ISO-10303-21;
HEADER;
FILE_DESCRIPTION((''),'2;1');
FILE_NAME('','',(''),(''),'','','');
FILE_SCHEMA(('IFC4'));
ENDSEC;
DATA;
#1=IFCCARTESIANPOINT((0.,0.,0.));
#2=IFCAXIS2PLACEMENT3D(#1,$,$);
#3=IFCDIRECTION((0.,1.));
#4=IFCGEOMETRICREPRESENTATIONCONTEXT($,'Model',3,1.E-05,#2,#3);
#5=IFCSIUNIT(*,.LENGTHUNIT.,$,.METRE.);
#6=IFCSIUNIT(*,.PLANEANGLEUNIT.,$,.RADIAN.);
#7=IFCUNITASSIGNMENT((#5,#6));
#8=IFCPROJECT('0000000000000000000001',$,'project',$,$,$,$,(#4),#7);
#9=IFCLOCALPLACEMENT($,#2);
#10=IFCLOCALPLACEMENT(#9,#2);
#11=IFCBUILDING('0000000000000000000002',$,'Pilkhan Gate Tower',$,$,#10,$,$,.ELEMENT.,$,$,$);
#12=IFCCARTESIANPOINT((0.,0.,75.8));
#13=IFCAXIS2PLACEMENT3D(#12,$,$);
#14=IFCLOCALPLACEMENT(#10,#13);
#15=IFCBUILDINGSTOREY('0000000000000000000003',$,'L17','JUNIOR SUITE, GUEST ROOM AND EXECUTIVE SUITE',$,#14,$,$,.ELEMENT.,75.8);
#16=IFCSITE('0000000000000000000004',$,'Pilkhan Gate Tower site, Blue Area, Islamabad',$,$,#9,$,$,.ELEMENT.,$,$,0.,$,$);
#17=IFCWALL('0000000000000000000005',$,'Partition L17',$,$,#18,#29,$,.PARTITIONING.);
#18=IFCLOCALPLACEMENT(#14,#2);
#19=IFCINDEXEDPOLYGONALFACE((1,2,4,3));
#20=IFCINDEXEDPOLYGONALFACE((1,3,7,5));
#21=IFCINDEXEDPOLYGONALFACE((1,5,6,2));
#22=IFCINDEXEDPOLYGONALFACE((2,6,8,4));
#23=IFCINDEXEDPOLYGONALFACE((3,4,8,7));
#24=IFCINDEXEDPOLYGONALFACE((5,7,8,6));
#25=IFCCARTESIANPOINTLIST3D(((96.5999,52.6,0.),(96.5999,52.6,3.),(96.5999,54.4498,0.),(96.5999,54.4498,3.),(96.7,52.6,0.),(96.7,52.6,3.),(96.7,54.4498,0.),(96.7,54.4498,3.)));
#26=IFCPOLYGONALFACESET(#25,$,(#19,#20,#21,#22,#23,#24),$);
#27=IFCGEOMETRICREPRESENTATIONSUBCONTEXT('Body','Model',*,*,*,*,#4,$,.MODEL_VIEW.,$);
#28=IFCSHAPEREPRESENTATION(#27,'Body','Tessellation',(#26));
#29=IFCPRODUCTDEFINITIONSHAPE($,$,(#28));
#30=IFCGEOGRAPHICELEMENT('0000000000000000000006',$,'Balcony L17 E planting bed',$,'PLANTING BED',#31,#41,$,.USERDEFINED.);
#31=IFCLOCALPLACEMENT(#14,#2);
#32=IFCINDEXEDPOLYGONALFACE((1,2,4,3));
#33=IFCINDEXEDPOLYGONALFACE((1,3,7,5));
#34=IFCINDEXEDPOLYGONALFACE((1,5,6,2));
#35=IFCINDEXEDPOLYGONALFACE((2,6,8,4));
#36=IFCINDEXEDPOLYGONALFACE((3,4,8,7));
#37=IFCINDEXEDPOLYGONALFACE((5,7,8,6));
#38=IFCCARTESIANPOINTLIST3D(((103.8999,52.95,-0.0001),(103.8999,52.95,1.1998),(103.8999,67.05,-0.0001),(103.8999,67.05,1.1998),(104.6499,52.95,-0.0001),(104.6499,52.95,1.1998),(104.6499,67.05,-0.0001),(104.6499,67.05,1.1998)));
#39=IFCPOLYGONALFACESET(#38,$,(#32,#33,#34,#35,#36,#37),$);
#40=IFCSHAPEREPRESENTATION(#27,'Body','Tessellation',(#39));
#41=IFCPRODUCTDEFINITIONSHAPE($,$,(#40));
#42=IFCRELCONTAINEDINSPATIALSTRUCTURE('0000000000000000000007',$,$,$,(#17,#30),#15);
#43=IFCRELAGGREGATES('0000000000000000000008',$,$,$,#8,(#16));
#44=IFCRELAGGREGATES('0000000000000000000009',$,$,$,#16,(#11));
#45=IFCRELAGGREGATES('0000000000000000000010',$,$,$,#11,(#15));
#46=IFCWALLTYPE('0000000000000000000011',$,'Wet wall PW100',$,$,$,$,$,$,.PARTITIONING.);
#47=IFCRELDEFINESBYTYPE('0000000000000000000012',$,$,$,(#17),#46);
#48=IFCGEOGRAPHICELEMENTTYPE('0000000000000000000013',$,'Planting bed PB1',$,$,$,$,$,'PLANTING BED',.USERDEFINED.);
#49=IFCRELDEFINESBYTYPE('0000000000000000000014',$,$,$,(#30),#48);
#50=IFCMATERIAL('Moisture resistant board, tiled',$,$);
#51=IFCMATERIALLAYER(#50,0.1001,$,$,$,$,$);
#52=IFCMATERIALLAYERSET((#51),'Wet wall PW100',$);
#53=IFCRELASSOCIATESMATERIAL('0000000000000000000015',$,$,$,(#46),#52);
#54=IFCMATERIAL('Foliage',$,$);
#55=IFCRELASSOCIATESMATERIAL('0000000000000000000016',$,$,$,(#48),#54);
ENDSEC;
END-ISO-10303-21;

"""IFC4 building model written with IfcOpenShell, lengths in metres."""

from ifc_helpers import new_model, si_unit, direction, frame, frame_2d, origin, origin_2d, place, context, subcontext, project, spatial, rectangle, extrude, material, layer, layer_set, material_profile, profile_set, type_object, element, save


model = new_model("IFC4")

# Units and contexts
model_context = context("Model", 3, precision=1e-05, world=origin(), true_north=direction((0.0, 1.0)))
body_context = subcontext(model_context, "Body", "Model", "MODEL_VIEW")
ifc_project = project(units=[si_unit("LENGTHUNIT", "METRE"), si_unit("PLANEANGLEUNIT", "RADIAN")], contexts=[model_context])

# Site, building, storey
site_placement = place(None, origin())
site = spatial("IfcSite", under=ifc_project, at=site_placement, Name="Pilkhan Gate Tower site, Blue Area, Islamabad", CompositionType="ELEMENT", RefElevation=0.0)
building_placement = place(site_placement, origin())
building = spatial("IfcBuilding", under=site, at=building_placement, Name="Pilkhan Gate Tower", CompositionType="ELEMENT")
storey_placement = place(building_placement, frame((0.0, 0.0, 75.8)))
storey = spatial("IfcBuildingStorey", under=building, at=storey_placement, Name="L17", Description="JUNIOR SUITE, GUEST ROOM AND EXECUTIVE SUITE", CompositionType="ELEMENT", Elevation=75.8)

# Wall
ifc_material_1 = material(Name="Moisture resistant board, tiled")
ifc_layer_1 = layer(ifc_material_1, 0.1001)
ifc_layer_set_1 = layer_set([ifc_layer_1], Name="Wet wall PW100")
wall_type_1 = type_object("IfcWallType", Name="Wet wall PW100", PredefinedType="PARTITIONING", material=ifc_layer_set_1)
wall_1_placement = place(storey_placement, frame((96.6499, 52.6001, 0.0), z_axis=(0.0, 0.0, 1.0), x_axis=(0.0, 1.0, 0.0)))
element("IfcWall", 1, at=wall_1_placement, inside=storey, type_object=wall_type_1, Name="Partition L17", PredefinedType="PARTITIONING", context=body_context, shape_type="SweptSolid", body=[
    extrude(rectangle(XDim=1.8499, YDim=0.1001, at=frame_2d((0.9248, 0.0))), origin(), (0.0, 0.0, 1.0), 3.0),
])

# Geographic element
ifc_material_2 = material(Name="Foliage")
ifc_material_profile_1 = material_profile(ifc_material_2, rectangle(XDim=0.75, YDim=1.2, at=origin_2d()), Name="Bed 750x1200")
ifc_profile_set_1 = profile_set([ifc_material_profile_1], Name="Foliage")
geographic_element_type = type_object("IfcGeographicElementType", Name="Planting bed PB1", ElementType="PLANTING BED", PredefinedType="USERDEFINED", material=ifc_profile_set_1)
geographic_element_placement = place(storey_placement, frame((104.2749, 52.95, 0.5999), z_axis=(0.0, 1.0, 0.0), x_axis=(-1.0, 0.0, 0.0)))
element("IfcGeographicElement", 2, at=geographic_element_placement, inside=storey, type_object=geographic_element_type, Name="Balcony L17 E planting bed", ObjectType="PLANTING BED", PredefinedType="USERDEFINED", context=body_context, shape_type="SweptSolid", body=[
    extrude(rectangle(XDim=0.75, YDim=1.2, at=origin_2d()), origin(), (0.0, 0.0, 1.0), 14.1001),
])

save(model, "model.ifc")
